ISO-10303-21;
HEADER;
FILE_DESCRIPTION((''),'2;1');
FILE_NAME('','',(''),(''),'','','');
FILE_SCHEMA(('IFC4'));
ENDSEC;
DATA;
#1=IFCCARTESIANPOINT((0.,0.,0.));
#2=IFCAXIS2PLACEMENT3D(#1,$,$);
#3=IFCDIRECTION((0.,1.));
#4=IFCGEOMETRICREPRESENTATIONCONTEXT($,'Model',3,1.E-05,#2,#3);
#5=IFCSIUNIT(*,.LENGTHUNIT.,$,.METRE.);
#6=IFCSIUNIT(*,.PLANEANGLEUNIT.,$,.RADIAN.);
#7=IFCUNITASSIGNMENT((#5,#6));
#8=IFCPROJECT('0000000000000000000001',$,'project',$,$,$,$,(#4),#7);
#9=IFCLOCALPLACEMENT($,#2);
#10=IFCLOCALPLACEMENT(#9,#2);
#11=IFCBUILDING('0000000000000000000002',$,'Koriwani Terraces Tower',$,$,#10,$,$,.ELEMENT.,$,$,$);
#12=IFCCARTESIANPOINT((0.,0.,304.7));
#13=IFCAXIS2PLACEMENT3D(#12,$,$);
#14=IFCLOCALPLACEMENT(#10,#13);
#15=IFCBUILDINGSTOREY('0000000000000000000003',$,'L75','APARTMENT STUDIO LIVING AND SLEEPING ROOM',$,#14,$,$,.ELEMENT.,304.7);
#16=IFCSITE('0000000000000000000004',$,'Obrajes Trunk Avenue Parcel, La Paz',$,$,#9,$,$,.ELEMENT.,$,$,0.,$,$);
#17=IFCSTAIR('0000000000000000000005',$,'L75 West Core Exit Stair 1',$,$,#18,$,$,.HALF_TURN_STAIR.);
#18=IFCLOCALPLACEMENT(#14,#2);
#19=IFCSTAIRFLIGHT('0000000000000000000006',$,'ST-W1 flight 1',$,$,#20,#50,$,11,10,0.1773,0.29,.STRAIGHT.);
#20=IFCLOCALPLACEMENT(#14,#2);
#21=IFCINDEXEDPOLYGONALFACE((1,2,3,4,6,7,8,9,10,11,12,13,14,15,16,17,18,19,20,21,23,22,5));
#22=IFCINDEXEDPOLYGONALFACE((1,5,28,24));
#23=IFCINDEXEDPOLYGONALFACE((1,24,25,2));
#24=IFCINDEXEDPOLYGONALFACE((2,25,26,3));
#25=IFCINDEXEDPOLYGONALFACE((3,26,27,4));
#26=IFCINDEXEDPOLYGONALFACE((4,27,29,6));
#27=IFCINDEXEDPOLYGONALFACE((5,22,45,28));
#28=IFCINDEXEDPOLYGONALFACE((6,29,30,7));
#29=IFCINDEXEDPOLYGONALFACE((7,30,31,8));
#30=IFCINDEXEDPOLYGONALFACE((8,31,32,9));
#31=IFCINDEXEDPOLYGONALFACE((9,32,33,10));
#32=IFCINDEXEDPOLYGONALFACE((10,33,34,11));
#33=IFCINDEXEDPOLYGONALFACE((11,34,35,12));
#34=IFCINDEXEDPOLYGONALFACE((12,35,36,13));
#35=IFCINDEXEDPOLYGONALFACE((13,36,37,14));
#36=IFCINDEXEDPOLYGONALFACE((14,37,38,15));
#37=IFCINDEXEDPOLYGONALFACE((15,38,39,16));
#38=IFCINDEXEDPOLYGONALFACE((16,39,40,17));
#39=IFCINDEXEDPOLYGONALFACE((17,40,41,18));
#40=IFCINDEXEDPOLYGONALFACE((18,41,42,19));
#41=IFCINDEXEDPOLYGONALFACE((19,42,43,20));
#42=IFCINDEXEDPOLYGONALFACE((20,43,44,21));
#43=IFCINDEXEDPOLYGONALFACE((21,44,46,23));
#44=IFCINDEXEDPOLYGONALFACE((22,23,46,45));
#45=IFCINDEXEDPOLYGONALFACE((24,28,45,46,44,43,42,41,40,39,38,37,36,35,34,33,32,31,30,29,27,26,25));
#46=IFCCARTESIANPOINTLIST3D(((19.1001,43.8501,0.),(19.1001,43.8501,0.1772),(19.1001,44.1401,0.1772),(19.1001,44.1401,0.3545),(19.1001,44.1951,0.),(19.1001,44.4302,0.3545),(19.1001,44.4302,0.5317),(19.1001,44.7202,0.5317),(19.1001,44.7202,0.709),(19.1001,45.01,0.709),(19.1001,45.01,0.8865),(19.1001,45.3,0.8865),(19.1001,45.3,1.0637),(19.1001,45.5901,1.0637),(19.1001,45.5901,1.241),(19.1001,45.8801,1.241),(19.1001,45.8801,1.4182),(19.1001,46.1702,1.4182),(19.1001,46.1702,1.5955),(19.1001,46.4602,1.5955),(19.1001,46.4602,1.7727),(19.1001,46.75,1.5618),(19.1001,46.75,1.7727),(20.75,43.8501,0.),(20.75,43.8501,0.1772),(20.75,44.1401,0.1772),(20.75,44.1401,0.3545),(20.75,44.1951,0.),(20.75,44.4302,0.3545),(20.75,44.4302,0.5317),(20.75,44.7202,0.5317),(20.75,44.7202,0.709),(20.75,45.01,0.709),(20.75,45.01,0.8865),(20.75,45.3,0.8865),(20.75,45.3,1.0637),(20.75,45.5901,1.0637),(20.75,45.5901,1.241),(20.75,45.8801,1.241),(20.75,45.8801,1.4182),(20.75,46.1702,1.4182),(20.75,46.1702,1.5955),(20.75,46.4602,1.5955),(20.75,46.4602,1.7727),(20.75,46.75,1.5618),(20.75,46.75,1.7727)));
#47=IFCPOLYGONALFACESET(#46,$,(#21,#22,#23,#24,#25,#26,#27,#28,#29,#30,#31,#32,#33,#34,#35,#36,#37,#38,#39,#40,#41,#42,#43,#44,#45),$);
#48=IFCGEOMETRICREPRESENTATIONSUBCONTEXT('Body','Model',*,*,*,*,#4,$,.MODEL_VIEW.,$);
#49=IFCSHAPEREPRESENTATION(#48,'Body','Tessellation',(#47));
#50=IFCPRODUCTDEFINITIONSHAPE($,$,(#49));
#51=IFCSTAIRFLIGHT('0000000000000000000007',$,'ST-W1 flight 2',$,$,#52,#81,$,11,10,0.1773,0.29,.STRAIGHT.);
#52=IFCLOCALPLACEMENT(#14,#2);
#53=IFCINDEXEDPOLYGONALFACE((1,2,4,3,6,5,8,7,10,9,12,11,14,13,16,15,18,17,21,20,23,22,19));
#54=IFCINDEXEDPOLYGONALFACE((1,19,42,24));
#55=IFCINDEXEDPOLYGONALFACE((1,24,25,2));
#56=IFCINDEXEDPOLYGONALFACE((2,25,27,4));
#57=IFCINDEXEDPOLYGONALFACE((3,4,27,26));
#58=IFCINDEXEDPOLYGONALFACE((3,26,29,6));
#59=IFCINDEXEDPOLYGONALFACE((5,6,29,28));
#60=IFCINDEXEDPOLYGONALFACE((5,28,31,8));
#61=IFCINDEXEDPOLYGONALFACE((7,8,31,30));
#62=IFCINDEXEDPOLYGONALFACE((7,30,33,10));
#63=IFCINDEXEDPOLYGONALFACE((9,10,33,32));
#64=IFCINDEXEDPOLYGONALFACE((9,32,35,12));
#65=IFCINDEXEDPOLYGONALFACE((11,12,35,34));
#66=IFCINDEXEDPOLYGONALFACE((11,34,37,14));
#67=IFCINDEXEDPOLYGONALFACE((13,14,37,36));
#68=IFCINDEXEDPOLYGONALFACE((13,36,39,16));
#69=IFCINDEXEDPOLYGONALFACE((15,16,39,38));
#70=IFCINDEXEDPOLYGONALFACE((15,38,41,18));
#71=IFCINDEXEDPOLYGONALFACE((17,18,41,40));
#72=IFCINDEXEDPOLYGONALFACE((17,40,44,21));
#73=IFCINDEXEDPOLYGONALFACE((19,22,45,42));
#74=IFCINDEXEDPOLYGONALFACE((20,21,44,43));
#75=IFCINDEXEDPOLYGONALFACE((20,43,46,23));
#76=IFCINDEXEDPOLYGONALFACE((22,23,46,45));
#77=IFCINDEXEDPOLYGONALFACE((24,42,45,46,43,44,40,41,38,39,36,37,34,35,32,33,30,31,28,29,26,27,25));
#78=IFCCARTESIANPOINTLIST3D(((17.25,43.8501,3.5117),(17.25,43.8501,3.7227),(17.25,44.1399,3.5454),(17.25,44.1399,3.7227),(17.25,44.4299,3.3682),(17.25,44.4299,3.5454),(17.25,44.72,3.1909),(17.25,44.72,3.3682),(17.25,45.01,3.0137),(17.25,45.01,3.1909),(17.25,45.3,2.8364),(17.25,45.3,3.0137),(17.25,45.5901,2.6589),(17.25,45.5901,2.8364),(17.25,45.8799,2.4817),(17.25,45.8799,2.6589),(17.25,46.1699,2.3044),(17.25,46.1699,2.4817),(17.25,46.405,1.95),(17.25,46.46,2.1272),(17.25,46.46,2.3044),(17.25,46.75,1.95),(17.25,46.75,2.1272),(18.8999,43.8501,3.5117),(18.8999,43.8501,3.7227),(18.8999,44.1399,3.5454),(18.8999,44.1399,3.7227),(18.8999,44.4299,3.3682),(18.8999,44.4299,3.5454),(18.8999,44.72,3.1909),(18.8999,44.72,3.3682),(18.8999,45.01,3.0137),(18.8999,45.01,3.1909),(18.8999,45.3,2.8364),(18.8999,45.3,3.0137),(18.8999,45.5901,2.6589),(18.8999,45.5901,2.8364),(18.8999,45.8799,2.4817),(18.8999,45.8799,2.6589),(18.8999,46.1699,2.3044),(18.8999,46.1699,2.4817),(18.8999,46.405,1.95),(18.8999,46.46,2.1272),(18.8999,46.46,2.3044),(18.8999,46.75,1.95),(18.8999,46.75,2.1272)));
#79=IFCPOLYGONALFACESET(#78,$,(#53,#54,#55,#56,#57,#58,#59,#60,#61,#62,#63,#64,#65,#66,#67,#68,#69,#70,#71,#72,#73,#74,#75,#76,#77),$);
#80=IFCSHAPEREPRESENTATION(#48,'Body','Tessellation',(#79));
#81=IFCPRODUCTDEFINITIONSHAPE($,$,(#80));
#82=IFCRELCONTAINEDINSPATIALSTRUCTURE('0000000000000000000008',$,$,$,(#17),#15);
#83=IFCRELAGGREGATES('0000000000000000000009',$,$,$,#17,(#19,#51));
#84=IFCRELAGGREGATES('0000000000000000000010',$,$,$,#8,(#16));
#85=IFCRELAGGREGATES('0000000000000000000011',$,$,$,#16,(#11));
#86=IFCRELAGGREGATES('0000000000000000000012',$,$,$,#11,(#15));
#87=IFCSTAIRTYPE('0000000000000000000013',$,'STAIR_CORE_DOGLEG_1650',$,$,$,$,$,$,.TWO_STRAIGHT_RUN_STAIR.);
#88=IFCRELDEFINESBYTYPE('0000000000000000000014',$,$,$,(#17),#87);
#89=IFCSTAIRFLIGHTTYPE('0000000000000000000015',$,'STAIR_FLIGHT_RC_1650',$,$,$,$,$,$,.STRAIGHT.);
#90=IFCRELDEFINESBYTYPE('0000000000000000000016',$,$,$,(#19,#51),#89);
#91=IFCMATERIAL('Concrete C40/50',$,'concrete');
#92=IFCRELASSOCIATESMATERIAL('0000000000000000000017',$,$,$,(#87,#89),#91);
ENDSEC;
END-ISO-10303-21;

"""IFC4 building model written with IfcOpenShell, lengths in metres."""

from ifc_helpers import new_model, si_unit, direction, frame, origin, place, context, subcontext, project, spatial, polyline, outline, extrude, material, type_object, element, aggregate, save


model = new_model("IFC4")

# Units and contexts
model_context = context("Model", 3, precision=1e-05, world=origin(), true_north=direction((0.0, 1.0)))
body_context = subcontext(model_context, "Body", "Model", "MODEL_VIEW")
ifc_project = project(units=[si_unit("LENGTHUNIT", "METRE"), si_unit("PLANEANGLEUNIT", "RADIAN")], contexts=[model_context])

# Site, building, storey
site_placement = place(None, origin())
site = spatial("IfcSite", under=ifc_project, at=site_placement, Name="Obrajes Trunk Avenue Parcel, La Paz", CompositionType="ELEMENT", RefElevation=0.0)
building_placement = place(site_placement, origin())
building = spatial("IfcBuilding", under=site, at=building_placement, Name="Koriwani Terraces Tower", CompositionType="ELEMENT")
storey_placement = place(building_placement, frame((0.0, 0.0, 304.7)))
storey = spatial("IfcBuildingStorey", under=building, at=storey_placement, Name="L75", Description="APARTMENT STUDIO LIVING AND SLEEPING ROOM", CompositionType="ELEMENT", Elevation=304.7)

# Shared definitions
ifc_material_1 = material(Name="Concrete C40/50", Category="concrete")

# Stair, stair flights
stair_type = type_object("IfcStairType", Name="STAIR_CORE_DOGLEG_1650", PredefinedType="TWO_STRAIGHT_RUN_STAIR", material=ifc_material_1)
stair_placement = place(storey_placement, origin())
stair = element("IfcStair", 1, at=stair_placement, inside=storey, type_object=stair_type, Name="L75 West Core Exit Stair 1", PredefinedType="HALF_TURN_STAIR")
stair_flight_type = type_object("IfcStairFlightType", Name="STAIR_FLIGHT_RC_1650", PredefinedType="STRAIGHT", material=ifc_material_1)
stair_flight_1_placement = place(storey_placement, frame((19.925, 43.8501, 0.0), z_axis=(0.0, 0.0, 1.0), x_axis=(0.0, 1.0, 0.0)))
stair_flight_1 = element("IfcStairFlight", 2, at=stair_flight_1_placement, type_object=stair_flight_type, Name="ST-W1 flight 1", NumberOfRisers=11, NumberOfTreads=10, PredefinedType="STRAIGHT", RiserHeight=0.1773, TreadLength=0.29, context=body_context, shape_type="SweptSolid", body=[
    extrude(outline(polyline([(0.0, 0.0), (0.0, 0.1772), (0.29, 0.1772), (0.29, 0.3545), (0.5801, 0.3545), (0.5801, 0.5317), (0.8701, 0.5317), (0.8701, 0.709), (1.1599, 0.709), (1.1599, 0.8865), (1.45, 0.8865), (1.45, 1.0637), (1.74, 1.0637), (1.74, 1.241), (2.03, 1.241), (2.03, 1.4182), (2.3201, 1.4182), (2.3201, 1.5955), (2.6101, 1.5955), (2.6101, 1.7727), (2.8999, 1.7727), (2.8999, 1.95), (2.8999, 1.5618), (0.345, 0.0), (0.0, 0.0)])), frame((0.0, 0.825, 0.0), z_axis=(0.0, -1.0, 0.0), x_axis=(1.0, 0.0, 0.0)), (0.0, 0.0, 1.0), 1.6499),
])
stair_flight_2_placement = place(storey_placement, frame((18.075, 46.75, 1.95), z_axis=(0.0, 0.0, 1.0), x_axis=(0.0, -1.0, 0.0)))
stair_flight_2 = element("IfcStairFlight", 3, at=stair_flight_2_placement, type_object=stair_flight_type, Name="ST-W1 flight 2", NumberOfRisers=11, NumberOfTreads=10, PredefinedType="STRAIGHT", RiserHeight=0.1773, TreadLength=0.29, context=body_context, shape_type="SweptSolid", body=[
    extrude(outline(polyline([(0.0, 0.0), (0.0, 0.1772), (0.29, 0.1772), (0.29, 0.3545), (0.5801, 0.3545), (0.5801, 0.5317), (0.8701, 0.5317), (0.8701, 0.709), (1.1599, 0.709), (1.1599, 0.8865), (1.45, 0.8865), (1.45, 1.0637), (1.74, 1.0637), (1.74, 1.241), (2.03, 1.241), (2.03, 1.4182), (2.3201, 1.4182), (2.3201, 1.5955), (2.6101, 1.5955), (2.6101, 1.7727), (2.8999, 1.7727), (2.8999, 1.95), (2.8999, 1.5618), (0.345, 0.0), (0.0, 0.0)])), frame((0.0, 0.825, 0.0), z_axis=(0.0, -1.0, 0.0), x_axis=(1.0, 0.0, 0.0)), (0.0, 0.0, 1.0), 1.6499),
])
aggregate(stair, [stair_flight_1, stair_flight_2])

save(model, "model.ifc")
